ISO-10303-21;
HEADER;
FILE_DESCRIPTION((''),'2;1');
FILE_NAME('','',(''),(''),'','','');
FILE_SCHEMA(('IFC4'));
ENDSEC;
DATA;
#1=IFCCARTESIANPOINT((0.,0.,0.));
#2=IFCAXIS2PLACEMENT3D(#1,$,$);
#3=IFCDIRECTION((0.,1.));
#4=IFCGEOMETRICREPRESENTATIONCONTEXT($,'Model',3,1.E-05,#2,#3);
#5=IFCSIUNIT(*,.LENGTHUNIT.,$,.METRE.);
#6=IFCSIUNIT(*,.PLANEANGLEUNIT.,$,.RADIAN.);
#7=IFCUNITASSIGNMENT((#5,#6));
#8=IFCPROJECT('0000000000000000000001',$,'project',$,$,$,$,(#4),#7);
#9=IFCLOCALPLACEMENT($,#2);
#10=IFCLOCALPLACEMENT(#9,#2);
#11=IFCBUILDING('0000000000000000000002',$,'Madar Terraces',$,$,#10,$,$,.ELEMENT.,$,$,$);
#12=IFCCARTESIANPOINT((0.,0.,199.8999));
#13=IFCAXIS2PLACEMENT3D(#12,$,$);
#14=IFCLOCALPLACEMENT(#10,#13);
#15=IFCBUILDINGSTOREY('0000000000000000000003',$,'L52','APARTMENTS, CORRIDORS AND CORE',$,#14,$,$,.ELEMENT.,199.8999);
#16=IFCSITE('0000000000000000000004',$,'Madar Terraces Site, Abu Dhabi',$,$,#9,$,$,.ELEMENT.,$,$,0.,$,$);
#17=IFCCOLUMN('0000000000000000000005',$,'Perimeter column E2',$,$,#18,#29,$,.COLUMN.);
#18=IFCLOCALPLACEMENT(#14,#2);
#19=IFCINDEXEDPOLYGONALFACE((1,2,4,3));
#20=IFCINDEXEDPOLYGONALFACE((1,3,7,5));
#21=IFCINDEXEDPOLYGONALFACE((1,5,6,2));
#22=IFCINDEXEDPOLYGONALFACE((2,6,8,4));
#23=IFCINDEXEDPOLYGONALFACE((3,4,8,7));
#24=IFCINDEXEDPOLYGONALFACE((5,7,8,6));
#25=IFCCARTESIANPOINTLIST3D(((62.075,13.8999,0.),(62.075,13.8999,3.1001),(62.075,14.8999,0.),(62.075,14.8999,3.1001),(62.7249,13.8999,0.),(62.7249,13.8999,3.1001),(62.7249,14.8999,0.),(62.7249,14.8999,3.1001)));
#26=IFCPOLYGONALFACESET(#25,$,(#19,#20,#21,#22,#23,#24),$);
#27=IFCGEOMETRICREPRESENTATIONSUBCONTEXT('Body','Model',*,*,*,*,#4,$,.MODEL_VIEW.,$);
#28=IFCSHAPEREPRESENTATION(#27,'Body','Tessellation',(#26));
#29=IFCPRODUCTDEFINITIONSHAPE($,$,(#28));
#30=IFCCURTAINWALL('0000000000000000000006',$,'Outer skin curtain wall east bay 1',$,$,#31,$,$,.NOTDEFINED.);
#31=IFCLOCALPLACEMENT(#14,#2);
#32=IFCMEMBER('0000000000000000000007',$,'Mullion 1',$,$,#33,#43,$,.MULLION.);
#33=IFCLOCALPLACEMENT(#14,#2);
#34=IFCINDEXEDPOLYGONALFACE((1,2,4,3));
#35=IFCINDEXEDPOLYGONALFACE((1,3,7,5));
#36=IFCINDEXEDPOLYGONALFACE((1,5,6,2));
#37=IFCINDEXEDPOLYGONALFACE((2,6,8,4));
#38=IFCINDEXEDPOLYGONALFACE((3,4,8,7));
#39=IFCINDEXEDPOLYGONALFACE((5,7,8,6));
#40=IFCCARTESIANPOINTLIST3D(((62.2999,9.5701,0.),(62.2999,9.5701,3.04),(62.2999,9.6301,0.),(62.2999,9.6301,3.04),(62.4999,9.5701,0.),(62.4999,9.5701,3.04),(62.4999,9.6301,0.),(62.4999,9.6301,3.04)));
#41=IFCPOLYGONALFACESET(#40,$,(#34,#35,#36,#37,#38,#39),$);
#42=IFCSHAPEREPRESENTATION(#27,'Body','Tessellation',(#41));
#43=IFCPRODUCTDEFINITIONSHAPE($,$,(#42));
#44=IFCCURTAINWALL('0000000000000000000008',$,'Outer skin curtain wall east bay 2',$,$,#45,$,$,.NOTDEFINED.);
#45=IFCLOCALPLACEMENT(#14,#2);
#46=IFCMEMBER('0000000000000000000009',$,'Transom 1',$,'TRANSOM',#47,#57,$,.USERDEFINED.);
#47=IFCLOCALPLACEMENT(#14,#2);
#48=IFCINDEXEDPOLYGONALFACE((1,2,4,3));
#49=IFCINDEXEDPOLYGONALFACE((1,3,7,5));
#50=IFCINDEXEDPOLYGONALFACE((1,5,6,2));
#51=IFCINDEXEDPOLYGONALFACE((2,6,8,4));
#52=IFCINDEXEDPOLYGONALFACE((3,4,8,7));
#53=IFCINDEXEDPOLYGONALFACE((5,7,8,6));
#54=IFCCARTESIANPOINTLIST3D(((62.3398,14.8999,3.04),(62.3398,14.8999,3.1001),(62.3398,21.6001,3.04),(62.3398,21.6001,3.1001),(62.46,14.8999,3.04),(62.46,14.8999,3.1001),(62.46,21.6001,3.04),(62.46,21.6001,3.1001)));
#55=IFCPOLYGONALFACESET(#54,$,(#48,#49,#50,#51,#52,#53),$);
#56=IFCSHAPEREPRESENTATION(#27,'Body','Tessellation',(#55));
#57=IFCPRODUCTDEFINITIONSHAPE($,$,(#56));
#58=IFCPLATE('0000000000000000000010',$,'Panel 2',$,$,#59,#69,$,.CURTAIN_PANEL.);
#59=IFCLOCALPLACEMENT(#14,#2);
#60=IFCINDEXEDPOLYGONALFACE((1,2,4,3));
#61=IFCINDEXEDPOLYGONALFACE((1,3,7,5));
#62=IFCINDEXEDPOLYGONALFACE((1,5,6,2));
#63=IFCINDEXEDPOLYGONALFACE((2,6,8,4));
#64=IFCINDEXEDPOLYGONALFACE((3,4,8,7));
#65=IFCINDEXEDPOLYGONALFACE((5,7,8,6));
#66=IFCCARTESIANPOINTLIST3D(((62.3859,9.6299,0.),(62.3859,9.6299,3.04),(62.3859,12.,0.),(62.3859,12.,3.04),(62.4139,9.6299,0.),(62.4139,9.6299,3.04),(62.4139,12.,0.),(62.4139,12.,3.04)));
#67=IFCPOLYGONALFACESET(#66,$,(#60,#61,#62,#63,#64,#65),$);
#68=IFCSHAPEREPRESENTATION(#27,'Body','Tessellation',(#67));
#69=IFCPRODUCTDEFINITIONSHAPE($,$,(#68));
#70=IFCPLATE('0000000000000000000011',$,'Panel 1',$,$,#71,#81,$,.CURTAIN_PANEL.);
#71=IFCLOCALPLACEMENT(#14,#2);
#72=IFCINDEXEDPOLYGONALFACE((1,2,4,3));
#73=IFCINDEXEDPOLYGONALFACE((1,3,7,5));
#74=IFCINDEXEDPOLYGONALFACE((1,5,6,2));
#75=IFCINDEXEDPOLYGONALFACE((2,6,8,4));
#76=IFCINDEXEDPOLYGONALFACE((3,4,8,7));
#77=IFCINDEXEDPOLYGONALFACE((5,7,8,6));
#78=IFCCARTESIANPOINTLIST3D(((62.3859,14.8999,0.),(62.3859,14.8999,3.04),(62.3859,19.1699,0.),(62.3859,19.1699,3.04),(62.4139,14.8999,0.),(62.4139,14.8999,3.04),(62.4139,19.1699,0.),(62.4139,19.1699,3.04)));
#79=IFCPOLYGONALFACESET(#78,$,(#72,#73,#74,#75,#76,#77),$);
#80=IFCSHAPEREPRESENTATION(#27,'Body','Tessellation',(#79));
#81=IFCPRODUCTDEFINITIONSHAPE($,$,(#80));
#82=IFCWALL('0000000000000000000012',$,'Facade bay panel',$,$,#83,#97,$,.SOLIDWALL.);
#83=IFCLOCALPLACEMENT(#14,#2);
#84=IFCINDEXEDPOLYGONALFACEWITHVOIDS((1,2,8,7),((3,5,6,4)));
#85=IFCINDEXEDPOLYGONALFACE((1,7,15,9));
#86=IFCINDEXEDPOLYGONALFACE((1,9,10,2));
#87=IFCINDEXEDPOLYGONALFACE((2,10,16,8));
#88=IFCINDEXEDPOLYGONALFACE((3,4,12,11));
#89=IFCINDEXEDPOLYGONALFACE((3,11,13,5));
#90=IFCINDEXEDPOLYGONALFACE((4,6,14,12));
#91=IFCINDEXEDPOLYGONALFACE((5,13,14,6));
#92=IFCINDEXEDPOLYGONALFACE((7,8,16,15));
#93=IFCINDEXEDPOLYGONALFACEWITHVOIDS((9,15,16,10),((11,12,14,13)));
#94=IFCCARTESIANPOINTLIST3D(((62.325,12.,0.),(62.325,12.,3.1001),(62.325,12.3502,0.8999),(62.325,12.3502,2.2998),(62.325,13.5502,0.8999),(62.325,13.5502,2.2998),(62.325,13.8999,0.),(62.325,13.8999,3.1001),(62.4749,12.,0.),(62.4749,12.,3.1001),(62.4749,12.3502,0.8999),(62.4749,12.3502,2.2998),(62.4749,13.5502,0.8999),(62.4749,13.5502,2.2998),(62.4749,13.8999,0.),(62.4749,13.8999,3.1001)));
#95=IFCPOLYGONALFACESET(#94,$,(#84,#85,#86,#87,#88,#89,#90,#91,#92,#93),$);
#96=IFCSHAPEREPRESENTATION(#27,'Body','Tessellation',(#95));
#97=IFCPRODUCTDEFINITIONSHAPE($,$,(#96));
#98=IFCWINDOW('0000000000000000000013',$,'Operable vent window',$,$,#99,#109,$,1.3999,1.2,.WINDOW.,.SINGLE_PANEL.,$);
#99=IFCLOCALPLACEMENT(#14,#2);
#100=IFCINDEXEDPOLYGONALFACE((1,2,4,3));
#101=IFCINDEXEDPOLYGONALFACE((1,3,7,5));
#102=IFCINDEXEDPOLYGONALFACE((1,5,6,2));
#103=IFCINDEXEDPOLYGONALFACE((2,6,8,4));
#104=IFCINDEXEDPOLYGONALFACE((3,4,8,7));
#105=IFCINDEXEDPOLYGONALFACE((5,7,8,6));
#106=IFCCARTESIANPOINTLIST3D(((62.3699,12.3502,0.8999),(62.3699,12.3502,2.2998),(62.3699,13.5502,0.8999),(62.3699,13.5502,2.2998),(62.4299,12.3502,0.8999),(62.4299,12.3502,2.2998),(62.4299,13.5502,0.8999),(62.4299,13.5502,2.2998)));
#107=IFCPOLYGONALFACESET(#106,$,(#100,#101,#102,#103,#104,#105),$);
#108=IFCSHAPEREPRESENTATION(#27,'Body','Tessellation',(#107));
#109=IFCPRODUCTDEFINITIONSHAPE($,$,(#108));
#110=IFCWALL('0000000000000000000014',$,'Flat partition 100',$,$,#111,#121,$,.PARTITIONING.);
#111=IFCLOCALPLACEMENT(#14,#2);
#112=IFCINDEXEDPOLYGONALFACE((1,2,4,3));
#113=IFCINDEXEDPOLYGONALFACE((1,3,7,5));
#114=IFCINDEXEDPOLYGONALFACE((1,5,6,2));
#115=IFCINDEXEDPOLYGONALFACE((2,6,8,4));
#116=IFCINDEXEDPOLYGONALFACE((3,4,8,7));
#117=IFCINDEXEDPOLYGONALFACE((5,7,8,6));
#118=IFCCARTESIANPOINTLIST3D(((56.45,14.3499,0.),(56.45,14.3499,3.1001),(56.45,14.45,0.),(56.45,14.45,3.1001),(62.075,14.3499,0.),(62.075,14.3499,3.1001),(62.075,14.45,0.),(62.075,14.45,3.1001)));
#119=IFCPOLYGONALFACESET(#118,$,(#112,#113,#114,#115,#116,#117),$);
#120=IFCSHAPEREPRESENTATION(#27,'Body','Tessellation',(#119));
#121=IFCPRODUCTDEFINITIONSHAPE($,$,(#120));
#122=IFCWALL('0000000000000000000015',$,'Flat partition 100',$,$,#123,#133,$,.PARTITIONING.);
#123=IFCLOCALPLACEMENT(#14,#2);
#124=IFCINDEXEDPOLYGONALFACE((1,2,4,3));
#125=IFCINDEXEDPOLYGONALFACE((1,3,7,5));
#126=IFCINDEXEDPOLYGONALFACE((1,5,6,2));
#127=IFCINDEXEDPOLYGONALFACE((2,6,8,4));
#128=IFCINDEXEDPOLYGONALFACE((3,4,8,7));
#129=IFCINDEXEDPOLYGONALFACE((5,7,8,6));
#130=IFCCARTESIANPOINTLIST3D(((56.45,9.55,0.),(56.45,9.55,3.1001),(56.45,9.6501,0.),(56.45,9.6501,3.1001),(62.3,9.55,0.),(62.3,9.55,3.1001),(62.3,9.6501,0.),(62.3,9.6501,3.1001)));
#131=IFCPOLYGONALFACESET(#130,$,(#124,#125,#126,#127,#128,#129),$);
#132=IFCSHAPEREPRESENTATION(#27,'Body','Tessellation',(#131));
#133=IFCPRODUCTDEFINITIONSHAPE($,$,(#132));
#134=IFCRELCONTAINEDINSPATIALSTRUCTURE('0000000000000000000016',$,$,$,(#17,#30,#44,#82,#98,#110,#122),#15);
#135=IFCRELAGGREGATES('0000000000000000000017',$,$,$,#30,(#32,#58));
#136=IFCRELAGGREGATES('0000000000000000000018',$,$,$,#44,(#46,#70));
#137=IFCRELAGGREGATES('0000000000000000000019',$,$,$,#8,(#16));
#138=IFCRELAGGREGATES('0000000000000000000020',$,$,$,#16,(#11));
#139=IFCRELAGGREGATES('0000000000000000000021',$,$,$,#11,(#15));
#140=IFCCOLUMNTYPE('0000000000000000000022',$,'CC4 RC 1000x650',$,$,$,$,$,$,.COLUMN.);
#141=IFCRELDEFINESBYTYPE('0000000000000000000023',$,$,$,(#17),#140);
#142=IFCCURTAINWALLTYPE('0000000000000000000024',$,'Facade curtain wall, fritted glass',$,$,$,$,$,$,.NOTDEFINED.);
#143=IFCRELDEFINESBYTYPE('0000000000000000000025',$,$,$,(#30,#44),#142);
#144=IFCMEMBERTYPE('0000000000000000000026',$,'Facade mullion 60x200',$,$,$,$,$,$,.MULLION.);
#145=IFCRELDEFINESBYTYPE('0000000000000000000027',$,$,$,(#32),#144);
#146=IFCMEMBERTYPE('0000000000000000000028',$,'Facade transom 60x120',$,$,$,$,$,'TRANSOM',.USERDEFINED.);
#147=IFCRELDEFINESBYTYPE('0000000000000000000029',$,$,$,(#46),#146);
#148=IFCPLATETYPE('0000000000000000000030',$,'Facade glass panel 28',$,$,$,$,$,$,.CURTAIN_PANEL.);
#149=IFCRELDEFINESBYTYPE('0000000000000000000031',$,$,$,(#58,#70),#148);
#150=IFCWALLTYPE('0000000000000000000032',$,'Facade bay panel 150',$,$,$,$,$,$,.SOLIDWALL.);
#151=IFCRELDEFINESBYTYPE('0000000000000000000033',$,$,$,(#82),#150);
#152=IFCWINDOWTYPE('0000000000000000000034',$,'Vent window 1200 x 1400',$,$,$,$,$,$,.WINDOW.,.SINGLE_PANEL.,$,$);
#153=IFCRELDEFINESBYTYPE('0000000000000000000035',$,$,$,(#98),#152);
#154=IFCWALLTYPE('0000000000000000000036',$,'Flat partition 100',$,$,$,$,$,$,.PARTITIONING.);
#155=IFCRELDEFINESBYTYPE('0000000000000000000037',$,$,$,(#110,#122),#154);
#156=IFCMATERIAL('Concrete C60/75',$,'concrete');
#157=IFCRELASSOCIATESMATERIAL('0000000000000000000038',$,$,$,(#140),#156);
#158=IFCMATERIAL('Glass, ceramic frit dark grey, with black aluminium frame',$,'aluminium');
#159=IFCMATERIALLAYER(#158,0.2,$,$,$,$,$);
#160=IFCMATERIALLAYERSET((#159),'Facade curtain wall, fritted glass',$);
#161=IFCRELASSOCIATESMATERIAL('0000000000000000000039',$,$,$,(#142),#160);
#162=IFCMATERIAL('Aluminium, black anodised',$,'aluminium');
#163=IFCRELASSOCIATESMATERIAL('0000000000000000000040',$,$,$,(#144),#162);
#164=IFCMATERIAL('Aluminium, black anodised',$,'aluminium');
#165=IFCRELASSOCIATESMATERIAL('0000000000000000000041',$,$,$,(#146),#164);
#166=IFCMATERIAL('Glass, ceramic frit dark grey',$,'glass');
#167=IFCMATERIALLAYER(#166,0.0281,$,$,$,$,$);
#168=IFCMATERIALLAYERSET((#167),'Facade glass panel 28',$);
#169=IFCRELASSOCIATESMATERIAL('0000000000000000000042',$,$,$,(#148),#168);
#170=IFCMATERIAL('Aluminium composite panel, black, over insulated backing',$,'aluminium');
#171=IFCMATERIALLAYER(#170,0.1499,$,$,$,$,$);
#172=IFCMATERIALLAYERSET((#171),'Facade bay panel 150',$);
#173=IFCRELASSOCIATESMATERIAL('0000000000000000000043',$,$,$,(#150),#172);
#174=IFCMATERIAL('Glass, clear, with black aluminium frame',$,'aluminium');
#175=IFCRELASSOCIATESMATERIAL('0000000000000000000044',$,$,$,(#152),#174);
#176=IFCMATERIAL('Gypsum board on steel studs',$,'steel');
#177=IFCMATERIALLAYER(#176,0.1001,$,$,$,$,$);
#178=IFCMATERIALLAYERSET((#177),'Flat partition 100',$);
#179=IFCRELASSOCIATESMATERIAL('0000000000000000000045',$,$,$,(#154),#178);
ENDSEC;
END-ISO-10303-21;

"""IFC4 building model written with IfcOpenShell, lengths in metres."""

from ifc_helpers import new_model, si_unit, direction, frame, frame_2d, origin, origin_2d, place, context, subcontext, project, spatial, rectangle, extrude, material, layer, layer_set, material_profile, profile_set, type_object, element, fill, aggregate, save


model = new_model("IFC4")

# Units and contexts
model_context = context("Model", 3, precision=1e-05, world=origin(), true_north=direction((0.0, 1.0)))
body_context = subcontext(model_context, "Body", "Model", "MODEL_VIEW")
ifc_project = project(units=[si_unit("LENGTHUNIT", "METRE"), si_unit("PLANEANGLEUNIT", "RADIAN")], contexts=[model_context])

# Site, building, storey
site_placement = place(None, origin())
site = spatial("IfcSite", under=ifc_project, at=site_placement, Name="Madar Terraces Site, Abu Dhabi", CompositionType="ELEMENT", RefElevation=0.0)
building_placement = place(site_placement, origin())
building = spatial("IfcBuilding", under=site, at=building_placement, Name="Madar Terraces", CompositionType="ELEMENT")
storey_placement = place(building_placement, frame((0.0, 0.0, 199.8999)))
storey = spatial("IfcBuildingStorey", under=building, at=storey_placement, Name="L52", Description="APARTMENTS, CORRIDORS AND CORE", CompositionType="ELEMENT", Elevation=199.8999)

# Column
ifc_material_1 = material(Name="Concrete C60/75", Category="concrete")
ifc_material_profile_1 = material_profile(ifc_material_1, rectangle(XDim=1.0, YDim=0.6499, at=origin_2d()), Name="CC4 RC 1000x650")
ifc_profile_set_1 = profile_set([ifc_material_profile_1], Name="Concrete C60/75")
column_type = type_object("IfcColumnType", Name="CC4 RC 1000x650", PredefinedType="COLUMN", material=ifc_profile_set_1)
column_placement = place(storey_placement, frame((62.3999, 14.3999, 0.0), z_axis=(0.0, 0.0, 1.0), x_axis=(0.0, 1.0, 0.0)))
element("IfcColumn", 1, at=column_placement, inside=storey, type_object=column_type, Name="Perimeter column E2", PredefinedType="COLUMN", context=body_context, shape_type="SweptSolid", body=[
    extrude(rectangle(XDim=1.0, YDim=0.6499, at=origin_2d()), origin(), (0.0, 0.0, 1.0), 3.1001),
])

# Curtain walls, members
ifc_material_2 = material(Name="Glass, ceramic frit dark grey, with black aluminium frame", Category="aluminium")
ifc_layer_1 = layer(ifc_material_2, 0.2)
ifc_layer_set_1 = layer_set([ifc_layer_1], Name="Facade curtain wall, fritted glass")
curtain_wall_type = type_object("IfcCurtainWallType", Name="Facade curtain wall, fritted glass", PredefinedType="NOTDEFINED", material=ifc_layer_set_1)
curtain_wall_1_placement = place(storey_placement, origin())
curtain_wall_1 = element("IfcCurtainWall", 2, at=curtain_wall_1_placement, inside=storey, type_object=curtain_wall_type, Name="Outer skin curtain wall east bay 1", PredefinedType="NOTDEFINED")
ifc_material_3 = material(Name="Aluminium, black anodised", Category="aluminium")
ifc_material_profile_2 = material_profile(ifc_material_3, rectangle(XDim=0.2, YDim=0.0601, at=origin_2d()), Name="Facade mullion 60x200")
ifc_profile_set_2 = profile_set([ifc_material_profile_2], Name="Aluminium, black anodised")
member_type_1 = type_object("IfcMemberType", Name="Facade mullion 60x200", PredefinedType="MULLION", material=ifc_profile_set_2)
member_1_placement = place(storey_placement, frame((62.3999, 9.6001, 0.0), z_axis=(0.0, 0.0, 1.0), x_axis=(-1.0, 0.0, 0.0)))
member_1 = element("IfcMember", 3, at=member_1_placement, type_object=member_type_1, Name="Mullion 1", PredefinedType="MULLION", context=body_context, shape_type="SweptSolid", body=[
    extrude(rectangle(XDim=0.2, YDim=0.0601, at=origin_2d()), origin(), (0.0, 0.0, 1.0), 3.04),
])
curtain_wall_2_placement = place(storey_placement, origin())
curtain_wall_2 = element("IfcCurtainWall", 4, at=curtain_wall_2_placement, inside=storey, type_object=curtain_wall_type, Name="Outer skin curtain wall east bay 2", PredefinedType="NOTDEFINED")
ifc_material_4 = material(Name="Aluminium, black anodised", Category="aluminium")
ifc_material_profile_3 = material_profile(ifc_material_4, rectangle(XDim=0.1201, YDim=0.0601, at=origin_2d()), Name="Facade transom 60x120")
ifc_profile_set_3 = profile_set([ifc_material_profile_3], Name="Aluminium, black anodised")
member_type_2 = type_object("IfcMemberType", Name="Facade transom 60x120", ElementType="TRANSOM", PredefinedType="USERDEFINED", material=ifc_profile_set_3)
member_2_placement = place(storey_placement, frame((62.3999, 14.8999, 3.0701), z_axis=(0.0, 1.0, 0.0), x_axis=(-1.0, 0.0, 0.0)))
member_2 = element("IfcMember", 5, at=member_2_placement, type_object=member_type_2, Name="Transom 1", ObjectType="TRANSOM", PredefinedType="USERDEFINED", context=body_context, shape_type="SweptSolid", body=[
    extrude(rectangle(XDim=0.1201, YDim=0.0601, at=origin_2d()), origin(), (0.0, 0.0, 1.0), 6.7002),
])

# Plates
ifc_material_5 = material(Name="Glass, ceramic frit dark grey", Category="glass")
ifc_layer_2 = layer(ifc_material_5, 0.0281)
ifc_layer_set_2 = layer_set([ifc_layer_2], Name="Facade glass panel 28")
plate_type = type_object("IfcPlateType", Name="Facade glass panel 28", PredefinedType="CURTAIN_PANEL", material=ifc_layer_set_2)
plate_1_placement = place(storey_placement, frame((62.3999, 10.8149, 0.0), z_axis=(0.0, 0.0, 1.0), x_axis=(0.0, 1.0, 0.0)))
plate_1 = element("IfcPlate", 6, at=plate_1_placement, type_object=plate_type, Name="Panel 2", PredefinedType="CURTAIN_PANEL", context=body_context, shape_type="SweptSolid", body=[
    extrude(rectangle(XDim=2.3701, YDim=0.0281, at=origin_2d()), origin(), (0.0, 0.0, 1.0), 3.04),
])
aggregate(curtain_wall_1, [member_1, plate_1])
plate_2_placement = place(storey_placement, frame((62.3999, 17.0349, 0.0), z_axis=(0.0, 0.0, 1.0), x_axis=(0.0, 1.0, 0.0)))
plate_2 = element("IfcPlate", 7, at=plate_2_placement, type_object=plate_type, Name="Panel 1", PredefinedType="CURTAIN_PANEL", context=body_context, shape_type="SweptSolid", body=[
    extrude(rectangle(XDim=4.27, YDim=0.0281, at=origin_2d()), origin(), (0.0, 0.0, 1.0), 3.04),
])
aggregate(curtain_wall_2, [member_2, plate_2])

# Wall, opening, window
ifc_material_6 = material(Name="Aluminium composite panel, black, over insulated backing", Category="aluminium")
ifc_layer_3 = layer(ifc_material_6, 0.1499)
ifc_layer_set_3 = layer_set([ifc_layer_3], Name="Facade bay panel 150")
wall_type_1 = type_object("IfcWallType", Name="Facade bay panel 150", PredefinedType="SOLIDWALL", material=ifc_layer_set_3)
wall_1_placement = place(storey_placement, frame((62.3999, 12.0, 0.0), z_axis=(0.0, 0.0, 1.0), x_axis=(0.0, 1.0, 0.0)))
wall_1 = element("IfcWall", 8, at=wall_1_placement, inside=storey, type_object=wall_type_1, Name="Facade bay panel", PredefinedType="SOLIDWALL", context=body_context, shape_type="SweptSolid", body=[
    extrude(rectangle(XDim=1.8999, YDim=0.1499, at=frame_2d((0.95, 0.0))), origin(), (0.0, 0.0, 1.0), 3.1001),
])
opening_1_placement = place(wall_1_placement, frame((0.3501, 0.0, 0.8999)))
opening_1 = element("IfcOpeningElement", 9, at=opening_1_placement, cuts=wall_1, PredefinedType="OPENING", context=body_context, shape_type="SweptSolid", body=[
    extrude(rectangle(XDim=1.2, YDim=1.3999, at=frame_2d((0.6001, 0.7))), frame((0.0, 0.085, 0.0), z_axis=(0.0, -1.0, 0.0), x_axis=(1.0, 0.0, 0.0)), (0.0, 0.0, 1.0), 0.1699),
])
ifc_material_7 = material(Name="Glass, clear, with black aluminium frame", Category="aluminium")
window_type = type_object("IfcWindowType", Name="Vent window 1200 x 1400", PartitioningType="SINGLE_PANEL", PredefinedType="WINDOW", material=ifc_material_7)
window_placement = place(opening_1_placement, origin())
window = element("IfcWindow", 10, at=window_placement, inside=storey, type_object=window_type, Name="Operable vent window", OverallHeight=1.3999, OverallWidth=1.2, PartitioningType="SINGLE_PANEL", PredefinedType="WINDOW", context=body_context, shape_type="SweptSolid", body=[
    extrude(rectangle(XDim=1.2, YDim=1.3999, at=frame_2d((0.6001, 0.7))), frame((0.0, 0.03, 0.0), z_axis=(0.0, -1.0, 0.0), x_axis=(1.0, 0.0, 0.0)), (0.0, 0.0, 1.0), 0.0601),
])
fill(opening_1, window)

# Walls
ifc_material_8 = material(Name="Gypsum board on steel studs", Category="steel")
ifc_layer_4 = layer(ifc_material_8, 0.1001)
ifc_layer_set_4 = layer_set([ifc_layer_4], Name="Flat partition 100")
wall_type_2 = type_object("IfcWallType", Name="Flat partition 100", PredefinedType="PARTITIONING", material=ifc_layer_set_4)
wall_2_placement = place(storey_placement, frame((56.45, 14.3999, 0.0), z_axis=(0.0, 0.0, 1.0), x_axis=(1.0, 0.0, 0.0)))
element("IfcWall", 11, at=wall_2_placement, inside=storey, type_object=wall_type_2, Name="Flat partition 100", PredefinedType="PARTITIONING", context=body_context, shape_type="SweptSolid", body=[
    extrude(rectangle(XDim=5.625, YDim=0.1001, at=frame_2d((2.8125, 0.0))), origin(), (0.0, 0.0, 1.0), 3.1001),
])
wall_3_placement = place(storey_placement, frame((56.45, 9.6001, 0.0), z_axis=(0.0, 0.0, 1.0), x_axis=(1.0, 0.0, 0.0)))
element("IfcWall", 12, at=wall_3_placement, inside=storey, type_object=wall_type_2, Name="Flat partition 100", PredefinedType="PARTITIONING", context=body_context, shape_type="SweptSolid", body=[
    extrude(rectangle(XDim=5.8501, YDim=0.1001, at=frame_2d((2.925, 0.0))), origin(), (0.0, 0.0, 1.0), 3.1001),
])

save(model, "model.ifc")
